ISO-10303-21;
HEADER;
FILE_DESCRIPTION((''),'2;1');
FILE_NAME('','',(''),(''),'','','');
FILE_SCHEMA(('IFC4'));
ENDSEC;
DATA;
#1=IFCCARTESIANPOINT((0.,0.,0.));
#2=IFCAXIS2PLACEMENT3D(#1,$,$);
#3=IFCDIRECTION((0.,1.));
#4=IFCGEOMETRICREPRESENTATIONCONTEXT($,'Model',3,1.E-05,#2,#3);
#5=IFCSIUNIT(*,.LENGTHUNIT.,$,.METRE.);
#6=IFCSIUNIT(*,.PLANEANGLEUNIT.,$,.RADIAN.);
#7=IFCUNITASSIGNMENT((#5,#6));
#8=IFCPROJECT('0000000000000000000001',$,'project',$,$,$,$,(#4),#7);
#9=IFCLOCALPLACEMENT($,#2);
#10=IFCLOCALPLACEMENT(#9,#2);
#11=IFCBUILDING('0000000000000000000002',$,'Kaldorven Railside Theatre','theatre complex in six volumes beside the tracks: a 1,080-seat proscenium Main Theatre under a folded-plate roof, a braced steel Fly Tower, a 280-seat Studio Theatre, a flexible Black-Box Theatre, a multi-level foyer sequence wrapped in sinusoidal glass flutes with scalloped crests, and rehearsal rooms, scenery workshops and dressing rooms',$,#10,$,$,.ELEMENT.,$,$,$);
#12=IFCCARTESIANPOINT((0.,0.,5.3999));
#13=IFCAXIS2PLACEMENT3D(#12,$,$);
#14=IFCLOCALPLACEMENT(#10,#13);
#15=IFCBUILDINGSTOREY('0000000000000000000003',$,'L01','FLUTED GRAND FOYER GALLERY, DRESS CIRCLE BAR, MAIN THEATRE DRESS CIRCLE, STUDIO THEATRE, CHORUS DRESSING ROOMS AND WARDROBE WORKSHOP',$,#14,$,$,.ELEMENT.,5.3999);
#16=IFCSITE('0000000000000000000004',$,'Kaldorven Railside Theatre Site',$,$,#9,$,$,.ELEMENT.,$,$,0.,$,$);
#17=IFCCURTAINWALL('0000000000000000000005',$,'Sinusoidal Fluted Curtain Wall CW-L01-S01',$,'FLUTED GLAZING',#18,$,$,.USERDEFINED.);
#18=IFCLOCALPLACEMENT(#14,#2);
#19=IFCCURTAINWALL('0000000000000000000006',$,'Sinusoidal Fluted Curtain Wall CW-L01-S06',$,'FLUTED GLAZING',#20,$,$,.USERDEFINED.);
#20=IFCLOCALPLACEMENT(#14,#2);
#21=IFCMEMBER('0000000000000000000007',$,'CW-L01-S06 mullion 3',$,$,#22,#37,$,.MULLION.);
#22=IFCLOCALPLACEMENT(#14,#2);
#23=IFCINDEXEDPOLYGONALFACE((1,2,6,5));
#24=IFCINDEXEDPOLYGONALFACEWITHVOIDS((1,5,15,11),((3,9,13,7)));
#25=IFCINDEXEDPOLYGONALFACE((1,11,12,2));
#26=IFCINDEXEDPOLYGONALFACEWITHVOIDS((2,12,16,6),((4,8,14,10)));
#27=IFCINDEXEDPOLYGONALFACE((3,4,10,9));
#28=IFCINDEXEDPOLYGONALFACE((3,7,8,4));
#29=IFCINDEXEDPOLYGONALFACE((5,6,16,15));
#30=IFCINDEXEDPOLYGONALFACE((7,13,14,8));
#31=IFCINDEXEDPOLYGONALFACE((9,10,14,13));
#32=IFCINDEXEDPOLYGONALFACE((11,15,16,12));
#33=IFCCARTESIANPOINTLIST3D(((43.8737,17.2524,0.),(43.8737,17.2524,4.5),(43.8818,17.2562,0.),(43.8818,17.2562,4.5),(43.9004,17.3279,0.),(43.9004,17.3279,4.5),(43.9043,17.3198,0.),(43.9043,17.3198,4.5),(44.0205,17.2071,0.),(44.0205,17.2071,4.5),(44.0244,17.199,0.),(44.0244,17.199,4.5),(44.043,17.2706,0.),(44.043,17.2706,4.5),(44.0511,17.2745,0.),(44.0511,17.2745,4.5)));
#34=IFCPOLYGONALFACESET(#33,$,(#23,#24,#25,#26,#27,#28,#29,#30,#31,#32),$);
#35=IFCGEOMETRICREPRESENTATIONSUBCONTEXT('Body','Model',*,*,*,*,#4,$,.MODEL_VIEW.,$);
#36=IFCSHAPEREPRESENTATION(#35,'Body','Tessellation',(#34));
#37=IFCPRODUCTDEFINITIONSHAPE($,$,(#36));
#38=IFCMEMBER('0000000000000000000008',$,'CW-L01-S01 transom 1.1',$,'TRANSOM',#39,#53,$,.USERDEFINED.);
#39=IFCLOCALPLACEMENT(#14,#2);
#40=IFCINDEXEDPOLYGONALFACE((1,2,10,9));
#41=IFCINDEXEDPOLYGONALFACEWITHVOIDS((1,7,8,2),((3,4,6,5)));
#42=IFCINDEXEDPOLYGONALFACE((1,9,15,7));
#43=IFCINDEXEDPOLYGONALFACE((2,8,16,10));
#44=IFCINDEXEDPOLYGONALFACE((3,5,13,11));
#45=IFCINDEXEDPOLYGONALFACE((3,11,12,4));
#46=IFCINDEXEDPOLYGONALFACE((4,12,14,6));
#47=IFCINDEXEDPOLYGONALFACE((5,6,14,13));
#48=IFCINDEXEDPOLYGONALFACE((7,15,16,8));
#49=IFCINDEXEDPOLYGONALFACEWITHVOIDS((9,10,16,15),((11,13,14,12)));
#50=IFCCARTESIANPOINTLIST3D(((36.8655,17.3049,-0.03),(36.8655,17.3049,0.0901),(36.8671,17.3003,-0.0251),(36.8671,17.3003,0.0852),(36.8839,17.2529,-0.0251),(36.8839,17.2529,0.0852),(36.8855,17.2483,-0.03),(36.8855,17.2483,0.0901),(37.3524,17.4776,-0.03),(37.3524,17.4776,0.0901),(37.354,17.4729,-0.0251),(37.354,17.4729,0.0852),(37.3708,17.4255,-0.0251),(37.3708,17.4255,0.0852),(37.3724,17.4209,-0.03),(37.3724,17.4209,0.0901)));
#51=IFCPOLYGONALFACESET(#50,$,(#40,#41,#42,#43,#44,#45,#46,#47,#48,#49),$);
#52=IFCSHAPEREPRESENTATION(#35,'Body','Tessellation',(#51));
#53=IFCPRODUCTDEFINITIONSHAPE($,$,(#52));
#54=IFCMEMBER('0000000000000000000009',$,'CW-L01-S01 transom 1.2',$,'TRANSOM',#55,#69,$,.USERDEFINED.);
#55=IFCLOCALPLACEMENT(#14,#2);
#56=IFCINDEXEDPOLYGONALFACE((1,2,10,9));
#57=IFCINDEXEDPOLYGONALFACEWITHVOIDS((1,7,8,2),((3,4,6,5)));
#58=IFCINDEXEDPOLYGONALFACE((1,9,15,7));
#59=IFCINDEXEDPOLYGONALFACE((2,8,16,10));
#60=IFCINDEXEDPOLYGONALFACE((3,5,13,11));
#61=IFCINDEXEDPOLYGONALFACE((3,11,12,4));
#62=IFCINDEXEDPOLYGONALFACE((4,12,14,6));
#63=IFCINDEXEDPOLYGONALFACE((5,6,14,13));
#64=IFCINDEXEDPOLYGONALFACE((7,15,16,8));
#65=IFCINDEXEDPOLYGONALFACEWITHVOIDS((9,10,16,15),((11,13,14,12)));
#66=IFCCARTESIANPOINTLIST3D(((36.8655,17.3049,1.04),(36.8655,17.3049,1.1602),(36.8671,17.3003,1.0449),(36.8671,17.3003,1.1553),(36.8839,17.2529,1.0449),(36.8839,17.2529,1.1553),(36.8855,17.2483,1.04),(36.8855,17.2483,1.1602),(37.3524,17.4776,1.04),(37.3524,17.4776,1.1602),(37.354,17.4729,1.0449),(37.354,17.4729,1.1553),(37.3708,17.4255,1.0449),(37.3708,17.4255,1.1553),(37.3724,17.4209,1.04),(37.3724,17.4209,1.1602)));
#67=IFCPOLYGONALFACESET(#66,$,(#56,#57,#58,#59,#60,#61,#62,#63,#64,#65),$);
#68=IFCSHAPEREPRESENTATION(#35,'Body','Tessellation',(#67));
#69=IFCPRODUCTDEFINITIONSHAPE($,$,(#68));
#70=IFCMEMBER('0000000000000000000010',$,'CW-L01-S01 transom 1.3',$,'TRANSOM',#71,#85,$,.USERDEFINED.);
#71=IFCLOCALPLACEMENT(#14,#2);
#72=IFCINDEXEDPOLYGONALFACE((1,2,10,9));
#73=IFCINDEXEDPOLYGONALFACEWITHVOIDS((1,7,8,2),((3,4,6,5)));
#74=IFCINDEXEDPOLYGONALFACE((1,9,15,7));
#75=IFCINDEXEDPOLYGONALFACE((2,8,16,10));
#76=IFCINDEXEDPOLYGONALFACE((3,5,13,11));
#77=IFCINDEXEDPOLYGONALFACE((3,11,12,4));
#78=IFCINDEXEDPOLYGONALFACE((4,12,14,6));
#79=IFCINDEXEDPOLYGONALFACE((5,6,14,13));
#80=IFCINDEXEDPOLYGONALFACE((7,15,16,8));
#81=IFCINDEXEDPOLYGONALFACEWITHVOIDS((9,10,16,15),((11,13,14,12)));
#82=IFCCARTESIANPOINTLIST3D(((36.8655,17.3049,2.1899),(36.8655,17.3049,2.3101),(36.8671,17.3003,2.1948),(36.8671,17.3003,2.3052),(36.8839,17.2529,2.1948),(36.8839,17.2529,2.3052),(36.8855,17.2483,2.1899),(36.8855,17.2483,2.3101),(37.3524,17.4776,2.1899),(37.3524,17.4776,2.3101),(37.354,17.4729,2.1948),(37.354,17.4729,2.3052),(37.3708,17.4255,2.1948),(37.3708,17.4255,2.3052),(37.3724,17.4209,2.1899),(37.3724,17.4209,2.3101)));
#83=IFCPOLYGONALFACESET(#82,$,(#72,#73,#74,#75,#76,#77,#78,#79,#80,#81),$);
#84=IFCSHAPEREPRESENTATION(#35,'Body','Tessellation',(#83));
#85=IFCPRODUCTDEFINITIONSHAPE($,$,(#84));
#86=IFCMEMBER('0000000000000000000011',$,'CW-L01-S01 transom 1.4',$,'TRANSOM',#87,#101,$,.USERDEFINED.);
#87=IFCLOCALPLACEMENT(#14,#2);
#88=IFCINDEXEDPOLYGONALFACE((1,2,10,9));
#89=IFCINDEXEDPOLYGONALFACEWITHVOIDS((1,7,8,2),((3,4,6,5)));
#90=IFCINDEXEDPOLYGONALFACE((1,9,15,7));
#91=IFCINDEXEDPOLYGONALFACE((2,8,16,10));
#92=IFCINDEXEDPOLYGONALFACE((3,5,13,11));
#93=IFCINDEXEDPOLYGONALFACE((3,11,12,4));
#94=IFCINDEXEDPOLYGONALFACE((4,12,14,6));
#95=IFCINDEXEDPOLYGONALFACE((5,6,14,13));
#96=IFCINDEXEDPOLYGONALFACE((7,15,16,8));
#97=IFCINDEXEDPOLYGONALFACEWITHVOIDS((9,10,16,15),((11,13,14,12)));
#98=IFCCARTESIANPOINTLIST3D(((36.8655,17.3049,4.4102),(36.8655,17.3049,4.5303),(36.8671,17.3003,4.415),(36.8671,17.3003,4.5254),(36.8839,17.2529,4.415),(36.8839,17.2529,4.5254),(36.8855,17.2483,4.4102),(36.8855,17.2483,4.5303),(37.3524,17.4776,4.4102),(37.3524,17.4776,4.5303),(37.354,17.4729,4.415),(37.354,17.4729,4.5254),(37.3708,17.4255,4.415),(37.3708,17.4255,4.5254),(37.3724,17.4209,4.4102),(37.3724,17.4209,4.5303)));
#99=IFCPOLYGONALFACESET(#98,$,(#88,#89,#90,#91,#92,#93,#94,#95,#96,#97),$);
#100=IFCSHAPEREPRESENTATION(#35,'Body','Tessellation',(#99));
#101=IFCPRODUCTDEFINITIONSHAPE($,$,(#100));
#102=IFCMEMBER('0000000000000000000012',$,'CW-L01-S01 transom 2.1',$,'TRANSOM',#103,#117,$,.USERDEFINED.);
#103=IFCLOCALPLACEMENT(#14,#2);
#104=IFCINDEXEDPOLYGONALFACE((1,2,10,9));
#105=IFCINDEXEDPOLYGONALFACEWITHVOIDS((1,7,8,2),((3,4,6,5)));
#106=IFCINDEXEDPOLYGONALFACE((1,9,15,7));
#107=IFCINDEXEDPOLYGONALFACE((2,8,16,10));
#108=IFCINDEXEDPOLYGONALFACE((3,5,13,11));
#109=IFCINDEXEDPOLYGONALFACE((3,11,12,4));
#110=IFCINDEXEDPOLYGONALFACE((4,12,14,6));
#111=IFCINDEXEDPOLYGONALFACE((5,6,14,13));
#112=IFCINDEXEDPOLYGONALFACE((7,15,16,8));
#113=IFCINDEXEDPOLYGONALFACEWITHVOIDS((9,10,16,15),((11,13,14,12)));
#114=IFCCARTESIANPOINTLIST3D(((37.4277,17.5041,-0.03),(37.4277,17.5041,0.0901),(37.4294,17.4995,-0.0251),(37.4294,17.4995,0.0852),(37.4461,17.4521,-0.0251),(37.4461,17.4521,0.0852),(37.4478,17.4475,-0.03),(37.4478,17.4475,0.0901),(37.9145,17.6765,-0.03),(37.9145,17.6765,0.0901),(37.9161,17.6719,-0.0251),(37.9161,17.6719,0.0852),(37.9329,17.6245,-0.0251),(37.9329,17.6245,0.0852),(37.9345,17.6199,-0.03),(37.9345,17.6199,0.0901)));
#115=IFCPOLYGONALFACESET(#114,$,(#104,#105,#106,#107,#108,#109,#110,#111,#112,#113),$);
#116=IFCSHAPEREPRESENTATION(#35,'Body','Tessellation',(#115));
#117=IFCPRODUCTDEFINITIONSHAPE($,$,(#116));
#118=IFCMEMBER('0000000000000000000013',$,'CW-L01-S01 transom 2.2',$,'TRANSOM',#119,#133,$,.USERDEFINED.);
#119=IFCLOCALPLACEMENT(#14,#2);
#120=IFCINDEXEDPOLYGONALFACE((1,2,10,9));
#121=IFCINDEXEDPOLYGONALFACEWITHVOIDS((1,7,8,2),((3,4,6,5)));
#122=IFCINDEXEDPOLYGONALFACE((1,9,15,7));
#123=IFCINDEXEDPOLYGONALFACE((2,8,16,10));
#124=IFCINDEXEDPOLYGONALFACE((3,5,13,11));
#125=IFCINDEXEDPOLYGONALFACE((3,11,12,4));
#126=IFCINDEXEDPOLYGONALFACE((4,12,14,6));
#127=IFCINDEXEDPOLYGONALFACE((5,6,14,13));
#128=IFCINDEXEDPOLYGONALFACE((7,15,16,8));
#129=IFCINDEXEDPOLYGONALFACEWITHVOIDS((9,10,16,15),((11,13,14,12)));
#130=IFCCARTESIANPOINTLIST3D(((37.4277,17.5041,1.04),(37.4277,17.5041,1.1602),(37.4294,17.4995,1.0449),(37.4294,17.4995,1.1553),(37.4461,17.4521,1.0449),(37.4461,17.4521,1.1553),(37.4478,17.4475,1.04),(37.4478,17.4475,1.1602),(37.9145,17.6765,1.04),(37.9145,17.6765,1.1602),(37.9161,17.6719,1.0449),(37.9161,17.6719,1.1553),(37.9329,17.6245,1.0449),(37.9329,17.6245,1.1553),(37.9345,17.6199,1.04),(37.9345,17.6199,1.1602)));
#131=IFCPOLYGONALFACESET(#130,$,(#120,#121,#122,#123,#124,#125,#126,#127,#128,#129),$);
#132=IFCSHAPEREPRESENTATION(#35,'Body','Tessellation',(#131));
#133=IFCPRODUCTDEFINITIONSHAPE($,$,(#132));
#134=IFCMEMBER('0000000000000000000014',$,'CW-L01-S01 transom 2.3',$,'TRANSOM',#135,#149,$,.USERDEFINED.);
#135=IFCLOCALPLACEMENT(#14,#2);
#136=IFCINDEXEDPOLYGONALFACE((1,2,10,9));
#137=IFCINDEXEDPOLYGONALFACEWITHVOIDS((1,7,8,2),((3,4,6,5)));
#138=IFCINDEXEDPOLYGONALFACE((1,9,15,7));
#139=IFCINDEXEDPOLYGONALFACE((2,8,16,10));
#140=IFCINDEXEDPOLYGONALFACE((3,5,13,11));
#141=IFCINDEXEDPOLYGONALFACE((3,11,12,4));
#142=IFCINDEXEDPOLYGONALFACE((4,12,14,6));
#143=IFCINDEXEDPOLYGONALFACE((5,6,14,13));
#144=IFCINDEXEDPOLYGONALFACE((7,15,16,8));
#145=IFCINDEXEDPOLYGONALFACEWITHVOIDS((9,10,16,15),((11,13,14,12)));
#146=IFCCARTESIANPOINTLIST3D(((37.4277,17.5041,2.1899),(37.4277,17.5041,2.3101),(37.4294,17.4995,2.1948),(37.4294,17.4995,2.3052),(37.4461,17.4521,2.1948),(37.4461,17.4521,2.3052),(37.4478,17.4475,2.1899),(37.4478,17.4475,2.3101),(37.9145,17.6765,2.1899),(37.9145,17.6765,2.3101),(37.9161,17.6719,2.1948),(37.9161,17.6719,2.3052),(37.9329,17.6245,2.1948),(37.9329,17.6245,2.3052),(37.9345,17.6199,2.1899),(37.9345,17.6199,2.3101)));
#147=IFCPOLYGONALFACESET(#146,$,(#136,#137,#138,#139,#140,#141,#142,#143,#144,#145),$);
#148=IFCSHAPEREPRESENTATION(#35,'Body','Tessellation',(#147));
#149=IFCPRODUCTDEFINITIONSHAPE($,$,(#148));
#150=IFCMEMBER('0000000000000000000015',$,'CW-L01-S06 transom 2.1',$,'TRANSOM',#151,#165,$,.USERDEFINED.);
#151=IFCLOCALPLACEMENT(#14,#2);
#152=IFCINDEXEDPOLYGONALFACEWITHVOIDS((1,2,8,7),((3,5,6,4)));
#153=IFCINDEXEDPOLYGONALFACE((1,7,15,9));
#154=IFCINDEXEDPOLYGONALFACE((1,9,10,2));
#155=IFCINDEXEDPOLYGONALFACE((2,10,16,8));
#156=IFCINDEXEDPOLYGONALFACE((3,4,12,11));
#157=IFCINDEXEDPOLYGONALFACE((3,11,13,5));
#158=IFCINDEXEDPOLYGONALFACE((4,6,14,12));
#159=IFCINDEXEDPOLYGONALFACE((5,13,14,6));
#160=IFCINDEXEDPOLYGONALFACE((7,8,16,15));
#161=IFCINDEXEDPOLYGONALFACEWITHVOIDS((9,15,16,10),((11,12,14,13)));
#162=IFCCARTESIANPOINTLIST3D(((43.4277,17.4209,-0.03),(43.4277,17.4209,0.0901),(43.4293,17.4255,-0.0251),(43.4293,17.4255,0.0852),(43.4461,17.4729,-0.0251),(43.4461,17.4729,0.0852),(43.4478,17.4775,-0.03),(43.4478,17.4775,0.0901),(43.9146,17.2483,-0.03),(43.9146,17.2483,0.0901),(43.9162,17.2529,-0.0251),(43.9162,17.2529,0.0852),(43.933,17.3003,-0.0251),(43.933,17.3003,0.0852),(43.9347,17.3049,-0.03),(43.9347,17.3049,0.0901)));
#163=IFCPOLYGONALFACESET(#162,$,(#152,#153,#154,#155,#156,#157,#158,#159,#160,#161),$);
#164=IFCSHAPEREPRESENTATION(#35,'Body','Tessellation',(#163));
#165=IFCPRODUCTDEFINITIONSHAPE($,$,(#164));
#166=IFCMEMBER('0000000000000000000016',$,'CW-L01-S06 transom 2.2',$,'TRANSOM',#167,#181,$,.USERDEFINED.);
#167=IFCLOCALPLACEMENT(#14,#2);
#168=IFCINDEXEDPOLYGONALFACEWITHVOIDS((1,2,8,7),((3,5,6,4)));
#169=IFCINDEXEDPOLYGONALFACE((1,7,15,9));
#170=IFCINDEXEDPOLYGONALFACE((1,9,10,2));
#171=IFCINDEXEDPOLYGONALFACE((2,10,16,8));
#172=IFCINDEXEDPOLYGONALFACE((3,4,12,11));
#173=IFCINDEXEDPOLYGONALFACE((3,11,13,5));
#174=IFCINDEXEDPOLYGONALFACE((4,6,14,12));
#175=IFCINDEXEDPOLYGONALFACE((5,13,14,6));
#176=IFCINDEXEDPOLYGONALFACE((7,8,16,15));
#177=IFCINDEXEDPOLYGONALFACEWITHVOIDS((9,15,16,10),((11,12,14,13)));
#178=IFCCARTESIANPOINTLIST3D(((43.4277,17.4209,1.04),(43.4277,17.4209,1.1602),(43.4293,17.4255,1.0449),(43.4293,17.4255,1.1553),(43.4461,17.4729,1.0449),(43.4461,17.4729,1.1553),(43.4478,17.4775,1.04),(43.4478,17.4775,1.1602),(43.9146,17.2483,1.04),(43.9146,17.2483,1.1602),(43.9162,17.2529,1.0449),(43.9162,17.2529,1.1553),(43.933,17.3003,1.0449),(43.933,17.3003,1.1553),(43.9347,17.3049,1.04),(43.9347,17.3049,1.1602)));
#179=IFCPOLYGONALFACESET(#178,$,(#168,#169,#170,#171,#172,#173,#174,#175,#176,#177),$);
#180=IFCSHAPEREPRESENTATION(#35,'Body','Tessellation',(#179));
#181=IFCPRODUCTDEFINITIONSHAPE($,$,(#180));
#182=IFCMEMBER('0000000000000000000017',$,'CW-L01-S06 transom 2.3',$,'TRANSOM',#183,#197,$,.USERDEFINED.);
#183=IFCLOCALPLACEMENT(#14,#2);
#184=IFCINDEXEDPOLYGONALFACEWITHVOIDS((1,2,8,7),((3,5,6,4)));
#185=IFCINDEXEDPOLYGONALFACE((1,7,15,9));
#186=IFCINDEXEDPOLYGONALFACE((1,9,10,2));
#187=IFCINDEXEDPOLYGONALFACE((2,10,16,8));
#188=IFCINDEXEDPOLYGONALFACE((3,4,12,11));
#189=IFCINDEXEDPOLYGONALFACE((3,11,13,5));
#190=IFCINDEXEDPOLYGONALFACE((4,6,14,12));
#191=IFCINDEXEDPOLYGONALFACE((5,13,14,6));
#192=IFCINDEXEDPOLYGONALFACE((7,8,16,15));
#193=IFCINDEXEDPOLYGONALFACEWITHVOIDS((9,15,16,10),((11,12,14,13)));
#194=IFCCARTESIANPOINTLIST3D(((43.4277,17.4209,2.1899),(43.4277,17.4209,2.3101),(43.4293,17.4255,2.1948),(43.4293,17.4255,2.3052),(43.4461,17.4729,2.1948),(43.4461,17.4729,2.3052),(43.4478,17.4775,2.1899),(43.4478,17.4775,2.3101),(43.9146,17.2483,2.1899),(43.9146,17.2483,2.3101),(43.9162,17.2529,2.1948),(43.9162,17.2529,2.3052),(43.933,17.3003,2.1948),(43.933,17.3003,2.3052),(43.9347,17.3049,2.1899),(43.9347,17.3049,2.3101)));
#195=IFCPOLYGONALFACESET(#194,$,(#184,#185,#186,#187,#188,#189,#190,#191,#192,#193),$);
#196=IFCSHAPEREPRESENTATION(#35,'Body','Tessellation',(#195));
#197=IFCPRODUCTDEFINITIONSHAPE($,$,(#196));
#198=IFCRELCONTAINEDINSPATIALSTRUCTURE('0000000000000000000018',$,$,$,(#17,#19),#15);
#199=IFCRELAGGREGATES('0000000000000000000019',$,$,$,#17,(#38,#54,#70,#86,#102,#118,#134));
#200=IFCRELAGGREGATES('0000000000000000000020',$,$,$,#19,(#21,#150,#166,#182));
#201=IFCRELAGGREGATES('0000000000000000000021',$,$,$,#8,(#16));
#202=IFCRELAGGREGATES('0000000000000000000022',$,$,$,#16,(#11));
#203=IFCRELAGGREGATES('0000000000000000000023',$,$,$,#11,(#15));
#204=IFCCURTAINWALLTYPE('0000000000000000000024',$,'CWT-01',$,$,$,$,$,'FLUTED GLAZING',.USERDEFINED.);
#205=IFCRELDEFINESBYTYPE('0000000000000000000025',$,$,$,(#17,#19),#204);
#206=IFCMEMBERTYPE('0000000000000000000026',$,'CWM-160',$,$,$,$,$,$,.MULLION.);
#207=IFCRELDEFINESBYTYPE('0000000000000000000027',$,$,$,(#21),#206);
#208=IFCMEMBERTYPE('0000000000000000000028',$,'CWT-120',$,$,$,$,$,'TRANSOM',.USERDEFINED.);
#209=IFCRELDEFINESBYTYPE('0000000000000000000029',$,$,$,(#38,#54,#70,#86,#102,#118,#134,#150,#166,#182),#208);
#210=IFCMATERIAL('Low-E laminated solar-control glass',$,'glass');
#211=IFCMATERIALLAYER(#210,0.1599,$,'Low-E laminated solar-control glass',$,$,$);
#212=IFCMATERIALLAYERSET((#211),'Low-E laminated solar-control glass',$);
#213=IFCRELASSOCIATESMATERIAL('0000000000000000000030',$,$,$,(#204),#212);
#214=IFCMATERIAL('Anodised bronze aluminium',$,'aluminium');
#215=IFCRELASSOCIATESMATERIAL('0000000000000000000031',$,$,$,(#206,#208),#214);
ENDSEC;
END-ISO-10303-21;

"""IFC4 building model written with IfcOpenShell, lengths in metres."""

from ifc_helpers import new_model, si_unit, direction, frame, origin, origin_2d, place, context, subcontext, project, spatial, hollow_rectangle, extrude, material, layer, layer_set, material_profile, profile_set, type_object, element, aggregate, save


model = new_model("IFC4")

# Units and contexts
model_context = context("Model", 3, precision=1e-05, world=origin(), true_north=direction((0.0, 1.0)))
body_context = subcontext(model_context, "Body", "Model", "MODEL_VIEW")
ifc_project = project(units=[si_unit("LENGTHUNIT", "METRE"), si_unit("PLANEANGLEUNIT", "RADIAN")], contexts=[model_context])

# Site, building, storey
site_placement = place(None, origin())
site = spatial("IfcSite", under=ifc_project, at=site_placement, Name="Kaldorven Railside Theatre Site", CompositionType="ELEMENT", RefElevation=0.0)
building_placement = place(site_placement, origin())
building = spatial("IfcBuilding", under=site, at=building_placement, Name="Kaldorven Railside Theatre", Description="theatre complex in six volumes beside the tracks: a 1,080-seat proscenium Main Theatre under a folded-plate roof, a braced steel Fly Tower, a 280-seat Studio Theatre, a flexible Black-Box Theatre, a multi-level foyer sequence wrapped in sinusoidal glass flutes with scalloped crests, and rehearsal rooms, scenery workshops and dressing rooms", CompositionType="ELEMENT")
storey_placement = place(building_placement, frame((0.0, 0.0, 5.3999)))
storey = spatial("IfcBuildingStorey", under=building, at=storey_placement, Name="L01", Description="FLUTED GRAND FOYER GALLERY, DRESS CIRCLE BAR, MAIN THEATRE DRESS CIRCLE, STUDIO THEATRE, CHORUS DRESSING ROOMS AND WARDROBE WORKSHOP", CompositionType="ELEMENT", Elevation=5.3999)

# Curtain walls, member
ifc_material_1 = material(Name="Low-E laminated solar-control glass", Category="glass")
ifc_layer_1 = layer(ifc_material_1, 0.1599, Name="Low-E laminated solar-control glass")
ifc_layer_set_1 = layer_set([ifc_layer_1], Name="Low-E laminated solar-control glass")
curtain_wall_type = type_object("IfcCurtainWallType", Name="CWT-01", ElementType="FLUTED GLAZING", PredefinedType="USERDEFINED", material=ifc_layer_set_1)
curtain_wall_1_placement = place(storey_placement, origin())
curtain_wall_1 = element("IfcCurtainWall", 1, at=curtain_wall_1_placement, inside=storey, type_object=curtain_wall_type, Name="Sinusoidal Fluted Curtain Wall CW-L01-S01", ObjectType="FLUTED GLAZING", PredefinedType="USERDEFINED")
ifc_material_2 = material(Name="Anodised bronze aluminium", Category="aluminium")
ifc_material_profile_1 = material_profile(ifc_material_2, hollow_rectangle(XDim=0.0801, YDim=0.1599, WallThickness=0.0063, at=origin_2d()), Name="RHS 160x80x6.3")
ifc_profile_set_1 = profile_set([ifc_material_profile_1], Name="Anodised bronze aluminium")
member_type_1 = type_object("IfcMemberType", Name="CWM-160", PredefinedType="MULLION", material=ifc_profile_set_1)
curtain_wall_2_placement = place(storey_placement, origin())
curtain_wall_2 = element("IfcCurtainWall", 2, at=curtain_wall_2_placement, inside=storey, type_object=curtain_wall_type, Name="Sinusoidal Fluted Curtain Wall CW-L01-S06", ObjectType="FLUTED GLAZING", PredefinedType="USERDEFINED")
member_1_placement = place(storey_placement, frame((43.9624, 17.2634, 0.0), z_axis=(0.0, 0.0, 1.0), x_axis=(0.333847, 0.942627, 0.0)))
member_1 = element("IfcMember", 3, at=member_1_placement, type_object=member_type_1, Name="CW-L01-S06 mullion 3", PredefinedType="MULLION", context=body_context, shape_type="SweptSolid", body=[
    extrude(hollow_rectangle(XDim=0.0801, YDim=0.1599, WallThickness=0.0063, at=origin_2d()), origin(), (0.0, 0.0, 1.0), 4.5),
])

# Members
ifc_material_profile_2 = material_profile(ifc_material_2, hollow_rectangle(XDim=0.0601, YDim=0.1201, WallThickness=0.0049, at=origin_2d()), Name="RHS 120x60x5")
ifc_profile_set_2 = profile_set([ifc_material_profile_2], Name="Anodised bronze aluminium")
member_type_2 = type_object("IfcMemberType", Name="CWT-120", ElementType="TRANSOM", PredefinedType="USERDEFINED", material=ifc_profile_set_2)
member_2_placement = place(storey_placement, frame((36.8755, 17.2766, 0.03), z_axis=(0.942509, 0.33418, 0.0), x_axis=(-0.33418, 0.942509, 0.0)))
member_2 = element("IfcMember", 4, at=member_2_placement, type_object=member_type_2, Name="CW-L01-S01 transom 1.1", ObjectType="TRANSOM", PredefinedType="USERDEFINED", context=body_context, shape_type="SweptSolid", body=[
    extrude(hollow_rectangle(XDim=0.0601, YDim=0.1201, WallThickness=0.0049, at=origin_2d()), origin(), (0.0, 0.0, 1.0), 0.5166),
])
member_3_placement = place(storey_placement, frame((36.8755, 17.2766, 1.1001), z_axis=(0.942509, 0.33418, 0.0), x_axis=(-0.33418, 0.942509, 0.0)))
member_3 = element("IfcMember", 5, at=member_3_placement, type_object=member_type_2, Name="CW-L01-S01 transom 1.2", ObjectType="TRANSOM", PredefinedType="USERDEFINED", context=body_context, shape_type="SweptSolid", body=[
    extrude(hollow_rectangle(XDim=0.0601, YDim=0.1201, WallThickness=0.0049, at=origin_2d()), origin(), (0.0, 0.0, 1.0), 0.5166),
])
member_4_placement = place(storey_placement, frame((36.8755, 17.2766, 2.25), z_axis=(0.942509, 0.33418, 0.0), x_axis=(-0.33418, 0.942509, 0.0)))
member_4 = element("IfcMember", 6, at=member_4_placement, type_object=member_type_2, Name="CW-L01-S01 transom 1.3", ObjectType="TRANSOM", PredefinedType="USERDEFINED", context=body_context, shape_type="SweptSolid", body=[
    extrude(hollow_rectangle(XDim=0.0601, YDim=0.1201, WallThickness=0.0049, at=origin_2d()), origin(), (0.0, 0.0, 1.0), 0.5166),
])
member_5_placement = place(storey_placement, frame((36.8755, 17.2766, 4.4702), z_axis=(0.942509, 0.33418, 0.0), x_axis=(-0.33418, 0.942509, 0.0)))
member_5 = element("IfcMember", 7, at=member_5_placement, type_object=member_type_2, Name="CW-L01-S01 transom 1.4", ObjectType="TRANSOM", PredefinedType="USERDEFINED", context=body_context, shape_type="SweptSolid", body=[
    extrude(hollow_rectangle(XDim=0.0601, YDim=0.1201, WallThickness=0.0049, at=origin_2d()), origin(), (0.0, 0.0, 1.0), 0.5166),
])
member_6_placement = place(storey_placement, frame((37.4377, 17.4758, 0.03), z_axis=(0.942658, 0.33376, 0.0), x_axis=(-0.33376, 0.942658, 0.0)))
member_6 = element("IfcMember", 8, at=member_6_placement, type_object=member_type_2, Name="CW-L01-S01 transom 2.1", ObjectType="TRANSOM", PredefinedType="USERDEFINED", context=body_context, shape_type="SweptSolid", body=[
    extrude(hollow_rectangle(XDim=0.0601, YDim=0.1201, WallThickness=0.0049, at=origin_2d()), origin(), (0.0, 0.0, 1.0), 0.5164),
])
member_7_placement = place(storey_placement, frame((37.4377, 17.4758, 1.1001), z_axis=(0.942658, 0.33376, 0.0), x_axis=(-0.33376, 0.942658, 0.0)))
member_7 = element("IfcMember", 9, at=member_7_placement, type_object=member_type_2, Name="CW-L01-S01 transom 2.2", ObjectType="TRANSOM", PredefinedType="USERDEFINED", context=body_context, shape_type="SweptSolid", body=[
    extrude(hollow_rectangle(XDim=0.0601, YDim=0.1201, WallThickness=0.0049, at=origin_2d()), origin(), (0.0, 0.0, 1.0), 0.5164),
])
member_8_placement = place(storey_placement, frame((37.4377, 17.4758, 2.25), z_axis=(0.942658, 0.33376, 0.0), x_axis=(-0.33376, 0.942658, 0.0)))
member_8 = element("IfcMember", 10, at=member_8_placement, type_object=member_type_2, Name="CW-L01-S01 transom 2.3", ObjectType="TRANSOM", PredefinedType="USERDEFINED", context=body_context, shape_type="SweptSolid", body=[
    extrude(hollow_rectangle(XDim=0.0601, YDim=0.1201, WallThickness=0.0049, at=origin_2d()), origin(), (0.0, 0.0, 1.0), 0.5164),
])
member_9_placement = place(storey_placement, frame((43.4377, 17.4492, 0.03), z_axis=(0.942509, -0.33418, 0.0), x_axis=(0.33418, 0.942509, 0.0)))
member_9 = element("IfcMember", 11, at=member_9_placement, type_object=member_type_2, Name="CW-L01-S06 transom 2.1", ObjectType="TRANSOM", PredefinedType="USERDEFINED", context=body_context, shape_type="SweptSolid", body=[
    extrude(hollow_rectangle(XDim=0.0601, YDim=0.1201, WallThickness=0.0049, at=origin_2d()), origin(), (0.0, 0.0, 1.0), 0.5166),
])
member_10_placement = place(storey_placement, frame((43.4377, 17.4492, 1.1001), z_axis=(0.942509, -0.33418, 0.0), x_axis=(0.33418, 0.942509, 0.0)))
member_10 = element("IfcMember", 12, at=member_10_placement, type_object=member_type_2, Name="CW-L01-S06 transom 2.2", ObjectType="TRANSOM", PredefinedType="USERDEFINED", context=body_context, shape_type="SweptSolid", body=[
    extrude(hollow_rectangle(XDim=0.0601, YDim=0.1201, WallThickness=0.0049, at=origin_2d()), origin(), (0.0, 0.0, 1.0), 0.5166),
])
member_11_placement = place(storey_placement, frame((43.4377, 17.4492, 2.25), z_axis=(0.942509, -0.33418, 0.0), x_axis=(0.33418, 0.942509, 0.0)))
member_11 = element("IfcMember", 13, at=member_11_placement, type_object=member_type_2, Name="CW-L01-S06 transom 2.3", ObjectType="TRANSOM", PredefinedType="USERDEFINED", context=body_context, shape_type="SweptSolid", body=[
    extrude(hollow_rectangle(XDim=0.0601, YDim=0.1201, WallThickness=0.0049, at=origin_2d()), origin(), (0.0, 0.0, 1.0), 0.5166),
])

aggregate(curtain_wall_1, [member_2, member_3, member_4, member_5, member_6, member_7, member_8])
aggregate(curtain_wall_2, [member_1, member_9, member_10, member_11])

save(model, "model.ifc")
